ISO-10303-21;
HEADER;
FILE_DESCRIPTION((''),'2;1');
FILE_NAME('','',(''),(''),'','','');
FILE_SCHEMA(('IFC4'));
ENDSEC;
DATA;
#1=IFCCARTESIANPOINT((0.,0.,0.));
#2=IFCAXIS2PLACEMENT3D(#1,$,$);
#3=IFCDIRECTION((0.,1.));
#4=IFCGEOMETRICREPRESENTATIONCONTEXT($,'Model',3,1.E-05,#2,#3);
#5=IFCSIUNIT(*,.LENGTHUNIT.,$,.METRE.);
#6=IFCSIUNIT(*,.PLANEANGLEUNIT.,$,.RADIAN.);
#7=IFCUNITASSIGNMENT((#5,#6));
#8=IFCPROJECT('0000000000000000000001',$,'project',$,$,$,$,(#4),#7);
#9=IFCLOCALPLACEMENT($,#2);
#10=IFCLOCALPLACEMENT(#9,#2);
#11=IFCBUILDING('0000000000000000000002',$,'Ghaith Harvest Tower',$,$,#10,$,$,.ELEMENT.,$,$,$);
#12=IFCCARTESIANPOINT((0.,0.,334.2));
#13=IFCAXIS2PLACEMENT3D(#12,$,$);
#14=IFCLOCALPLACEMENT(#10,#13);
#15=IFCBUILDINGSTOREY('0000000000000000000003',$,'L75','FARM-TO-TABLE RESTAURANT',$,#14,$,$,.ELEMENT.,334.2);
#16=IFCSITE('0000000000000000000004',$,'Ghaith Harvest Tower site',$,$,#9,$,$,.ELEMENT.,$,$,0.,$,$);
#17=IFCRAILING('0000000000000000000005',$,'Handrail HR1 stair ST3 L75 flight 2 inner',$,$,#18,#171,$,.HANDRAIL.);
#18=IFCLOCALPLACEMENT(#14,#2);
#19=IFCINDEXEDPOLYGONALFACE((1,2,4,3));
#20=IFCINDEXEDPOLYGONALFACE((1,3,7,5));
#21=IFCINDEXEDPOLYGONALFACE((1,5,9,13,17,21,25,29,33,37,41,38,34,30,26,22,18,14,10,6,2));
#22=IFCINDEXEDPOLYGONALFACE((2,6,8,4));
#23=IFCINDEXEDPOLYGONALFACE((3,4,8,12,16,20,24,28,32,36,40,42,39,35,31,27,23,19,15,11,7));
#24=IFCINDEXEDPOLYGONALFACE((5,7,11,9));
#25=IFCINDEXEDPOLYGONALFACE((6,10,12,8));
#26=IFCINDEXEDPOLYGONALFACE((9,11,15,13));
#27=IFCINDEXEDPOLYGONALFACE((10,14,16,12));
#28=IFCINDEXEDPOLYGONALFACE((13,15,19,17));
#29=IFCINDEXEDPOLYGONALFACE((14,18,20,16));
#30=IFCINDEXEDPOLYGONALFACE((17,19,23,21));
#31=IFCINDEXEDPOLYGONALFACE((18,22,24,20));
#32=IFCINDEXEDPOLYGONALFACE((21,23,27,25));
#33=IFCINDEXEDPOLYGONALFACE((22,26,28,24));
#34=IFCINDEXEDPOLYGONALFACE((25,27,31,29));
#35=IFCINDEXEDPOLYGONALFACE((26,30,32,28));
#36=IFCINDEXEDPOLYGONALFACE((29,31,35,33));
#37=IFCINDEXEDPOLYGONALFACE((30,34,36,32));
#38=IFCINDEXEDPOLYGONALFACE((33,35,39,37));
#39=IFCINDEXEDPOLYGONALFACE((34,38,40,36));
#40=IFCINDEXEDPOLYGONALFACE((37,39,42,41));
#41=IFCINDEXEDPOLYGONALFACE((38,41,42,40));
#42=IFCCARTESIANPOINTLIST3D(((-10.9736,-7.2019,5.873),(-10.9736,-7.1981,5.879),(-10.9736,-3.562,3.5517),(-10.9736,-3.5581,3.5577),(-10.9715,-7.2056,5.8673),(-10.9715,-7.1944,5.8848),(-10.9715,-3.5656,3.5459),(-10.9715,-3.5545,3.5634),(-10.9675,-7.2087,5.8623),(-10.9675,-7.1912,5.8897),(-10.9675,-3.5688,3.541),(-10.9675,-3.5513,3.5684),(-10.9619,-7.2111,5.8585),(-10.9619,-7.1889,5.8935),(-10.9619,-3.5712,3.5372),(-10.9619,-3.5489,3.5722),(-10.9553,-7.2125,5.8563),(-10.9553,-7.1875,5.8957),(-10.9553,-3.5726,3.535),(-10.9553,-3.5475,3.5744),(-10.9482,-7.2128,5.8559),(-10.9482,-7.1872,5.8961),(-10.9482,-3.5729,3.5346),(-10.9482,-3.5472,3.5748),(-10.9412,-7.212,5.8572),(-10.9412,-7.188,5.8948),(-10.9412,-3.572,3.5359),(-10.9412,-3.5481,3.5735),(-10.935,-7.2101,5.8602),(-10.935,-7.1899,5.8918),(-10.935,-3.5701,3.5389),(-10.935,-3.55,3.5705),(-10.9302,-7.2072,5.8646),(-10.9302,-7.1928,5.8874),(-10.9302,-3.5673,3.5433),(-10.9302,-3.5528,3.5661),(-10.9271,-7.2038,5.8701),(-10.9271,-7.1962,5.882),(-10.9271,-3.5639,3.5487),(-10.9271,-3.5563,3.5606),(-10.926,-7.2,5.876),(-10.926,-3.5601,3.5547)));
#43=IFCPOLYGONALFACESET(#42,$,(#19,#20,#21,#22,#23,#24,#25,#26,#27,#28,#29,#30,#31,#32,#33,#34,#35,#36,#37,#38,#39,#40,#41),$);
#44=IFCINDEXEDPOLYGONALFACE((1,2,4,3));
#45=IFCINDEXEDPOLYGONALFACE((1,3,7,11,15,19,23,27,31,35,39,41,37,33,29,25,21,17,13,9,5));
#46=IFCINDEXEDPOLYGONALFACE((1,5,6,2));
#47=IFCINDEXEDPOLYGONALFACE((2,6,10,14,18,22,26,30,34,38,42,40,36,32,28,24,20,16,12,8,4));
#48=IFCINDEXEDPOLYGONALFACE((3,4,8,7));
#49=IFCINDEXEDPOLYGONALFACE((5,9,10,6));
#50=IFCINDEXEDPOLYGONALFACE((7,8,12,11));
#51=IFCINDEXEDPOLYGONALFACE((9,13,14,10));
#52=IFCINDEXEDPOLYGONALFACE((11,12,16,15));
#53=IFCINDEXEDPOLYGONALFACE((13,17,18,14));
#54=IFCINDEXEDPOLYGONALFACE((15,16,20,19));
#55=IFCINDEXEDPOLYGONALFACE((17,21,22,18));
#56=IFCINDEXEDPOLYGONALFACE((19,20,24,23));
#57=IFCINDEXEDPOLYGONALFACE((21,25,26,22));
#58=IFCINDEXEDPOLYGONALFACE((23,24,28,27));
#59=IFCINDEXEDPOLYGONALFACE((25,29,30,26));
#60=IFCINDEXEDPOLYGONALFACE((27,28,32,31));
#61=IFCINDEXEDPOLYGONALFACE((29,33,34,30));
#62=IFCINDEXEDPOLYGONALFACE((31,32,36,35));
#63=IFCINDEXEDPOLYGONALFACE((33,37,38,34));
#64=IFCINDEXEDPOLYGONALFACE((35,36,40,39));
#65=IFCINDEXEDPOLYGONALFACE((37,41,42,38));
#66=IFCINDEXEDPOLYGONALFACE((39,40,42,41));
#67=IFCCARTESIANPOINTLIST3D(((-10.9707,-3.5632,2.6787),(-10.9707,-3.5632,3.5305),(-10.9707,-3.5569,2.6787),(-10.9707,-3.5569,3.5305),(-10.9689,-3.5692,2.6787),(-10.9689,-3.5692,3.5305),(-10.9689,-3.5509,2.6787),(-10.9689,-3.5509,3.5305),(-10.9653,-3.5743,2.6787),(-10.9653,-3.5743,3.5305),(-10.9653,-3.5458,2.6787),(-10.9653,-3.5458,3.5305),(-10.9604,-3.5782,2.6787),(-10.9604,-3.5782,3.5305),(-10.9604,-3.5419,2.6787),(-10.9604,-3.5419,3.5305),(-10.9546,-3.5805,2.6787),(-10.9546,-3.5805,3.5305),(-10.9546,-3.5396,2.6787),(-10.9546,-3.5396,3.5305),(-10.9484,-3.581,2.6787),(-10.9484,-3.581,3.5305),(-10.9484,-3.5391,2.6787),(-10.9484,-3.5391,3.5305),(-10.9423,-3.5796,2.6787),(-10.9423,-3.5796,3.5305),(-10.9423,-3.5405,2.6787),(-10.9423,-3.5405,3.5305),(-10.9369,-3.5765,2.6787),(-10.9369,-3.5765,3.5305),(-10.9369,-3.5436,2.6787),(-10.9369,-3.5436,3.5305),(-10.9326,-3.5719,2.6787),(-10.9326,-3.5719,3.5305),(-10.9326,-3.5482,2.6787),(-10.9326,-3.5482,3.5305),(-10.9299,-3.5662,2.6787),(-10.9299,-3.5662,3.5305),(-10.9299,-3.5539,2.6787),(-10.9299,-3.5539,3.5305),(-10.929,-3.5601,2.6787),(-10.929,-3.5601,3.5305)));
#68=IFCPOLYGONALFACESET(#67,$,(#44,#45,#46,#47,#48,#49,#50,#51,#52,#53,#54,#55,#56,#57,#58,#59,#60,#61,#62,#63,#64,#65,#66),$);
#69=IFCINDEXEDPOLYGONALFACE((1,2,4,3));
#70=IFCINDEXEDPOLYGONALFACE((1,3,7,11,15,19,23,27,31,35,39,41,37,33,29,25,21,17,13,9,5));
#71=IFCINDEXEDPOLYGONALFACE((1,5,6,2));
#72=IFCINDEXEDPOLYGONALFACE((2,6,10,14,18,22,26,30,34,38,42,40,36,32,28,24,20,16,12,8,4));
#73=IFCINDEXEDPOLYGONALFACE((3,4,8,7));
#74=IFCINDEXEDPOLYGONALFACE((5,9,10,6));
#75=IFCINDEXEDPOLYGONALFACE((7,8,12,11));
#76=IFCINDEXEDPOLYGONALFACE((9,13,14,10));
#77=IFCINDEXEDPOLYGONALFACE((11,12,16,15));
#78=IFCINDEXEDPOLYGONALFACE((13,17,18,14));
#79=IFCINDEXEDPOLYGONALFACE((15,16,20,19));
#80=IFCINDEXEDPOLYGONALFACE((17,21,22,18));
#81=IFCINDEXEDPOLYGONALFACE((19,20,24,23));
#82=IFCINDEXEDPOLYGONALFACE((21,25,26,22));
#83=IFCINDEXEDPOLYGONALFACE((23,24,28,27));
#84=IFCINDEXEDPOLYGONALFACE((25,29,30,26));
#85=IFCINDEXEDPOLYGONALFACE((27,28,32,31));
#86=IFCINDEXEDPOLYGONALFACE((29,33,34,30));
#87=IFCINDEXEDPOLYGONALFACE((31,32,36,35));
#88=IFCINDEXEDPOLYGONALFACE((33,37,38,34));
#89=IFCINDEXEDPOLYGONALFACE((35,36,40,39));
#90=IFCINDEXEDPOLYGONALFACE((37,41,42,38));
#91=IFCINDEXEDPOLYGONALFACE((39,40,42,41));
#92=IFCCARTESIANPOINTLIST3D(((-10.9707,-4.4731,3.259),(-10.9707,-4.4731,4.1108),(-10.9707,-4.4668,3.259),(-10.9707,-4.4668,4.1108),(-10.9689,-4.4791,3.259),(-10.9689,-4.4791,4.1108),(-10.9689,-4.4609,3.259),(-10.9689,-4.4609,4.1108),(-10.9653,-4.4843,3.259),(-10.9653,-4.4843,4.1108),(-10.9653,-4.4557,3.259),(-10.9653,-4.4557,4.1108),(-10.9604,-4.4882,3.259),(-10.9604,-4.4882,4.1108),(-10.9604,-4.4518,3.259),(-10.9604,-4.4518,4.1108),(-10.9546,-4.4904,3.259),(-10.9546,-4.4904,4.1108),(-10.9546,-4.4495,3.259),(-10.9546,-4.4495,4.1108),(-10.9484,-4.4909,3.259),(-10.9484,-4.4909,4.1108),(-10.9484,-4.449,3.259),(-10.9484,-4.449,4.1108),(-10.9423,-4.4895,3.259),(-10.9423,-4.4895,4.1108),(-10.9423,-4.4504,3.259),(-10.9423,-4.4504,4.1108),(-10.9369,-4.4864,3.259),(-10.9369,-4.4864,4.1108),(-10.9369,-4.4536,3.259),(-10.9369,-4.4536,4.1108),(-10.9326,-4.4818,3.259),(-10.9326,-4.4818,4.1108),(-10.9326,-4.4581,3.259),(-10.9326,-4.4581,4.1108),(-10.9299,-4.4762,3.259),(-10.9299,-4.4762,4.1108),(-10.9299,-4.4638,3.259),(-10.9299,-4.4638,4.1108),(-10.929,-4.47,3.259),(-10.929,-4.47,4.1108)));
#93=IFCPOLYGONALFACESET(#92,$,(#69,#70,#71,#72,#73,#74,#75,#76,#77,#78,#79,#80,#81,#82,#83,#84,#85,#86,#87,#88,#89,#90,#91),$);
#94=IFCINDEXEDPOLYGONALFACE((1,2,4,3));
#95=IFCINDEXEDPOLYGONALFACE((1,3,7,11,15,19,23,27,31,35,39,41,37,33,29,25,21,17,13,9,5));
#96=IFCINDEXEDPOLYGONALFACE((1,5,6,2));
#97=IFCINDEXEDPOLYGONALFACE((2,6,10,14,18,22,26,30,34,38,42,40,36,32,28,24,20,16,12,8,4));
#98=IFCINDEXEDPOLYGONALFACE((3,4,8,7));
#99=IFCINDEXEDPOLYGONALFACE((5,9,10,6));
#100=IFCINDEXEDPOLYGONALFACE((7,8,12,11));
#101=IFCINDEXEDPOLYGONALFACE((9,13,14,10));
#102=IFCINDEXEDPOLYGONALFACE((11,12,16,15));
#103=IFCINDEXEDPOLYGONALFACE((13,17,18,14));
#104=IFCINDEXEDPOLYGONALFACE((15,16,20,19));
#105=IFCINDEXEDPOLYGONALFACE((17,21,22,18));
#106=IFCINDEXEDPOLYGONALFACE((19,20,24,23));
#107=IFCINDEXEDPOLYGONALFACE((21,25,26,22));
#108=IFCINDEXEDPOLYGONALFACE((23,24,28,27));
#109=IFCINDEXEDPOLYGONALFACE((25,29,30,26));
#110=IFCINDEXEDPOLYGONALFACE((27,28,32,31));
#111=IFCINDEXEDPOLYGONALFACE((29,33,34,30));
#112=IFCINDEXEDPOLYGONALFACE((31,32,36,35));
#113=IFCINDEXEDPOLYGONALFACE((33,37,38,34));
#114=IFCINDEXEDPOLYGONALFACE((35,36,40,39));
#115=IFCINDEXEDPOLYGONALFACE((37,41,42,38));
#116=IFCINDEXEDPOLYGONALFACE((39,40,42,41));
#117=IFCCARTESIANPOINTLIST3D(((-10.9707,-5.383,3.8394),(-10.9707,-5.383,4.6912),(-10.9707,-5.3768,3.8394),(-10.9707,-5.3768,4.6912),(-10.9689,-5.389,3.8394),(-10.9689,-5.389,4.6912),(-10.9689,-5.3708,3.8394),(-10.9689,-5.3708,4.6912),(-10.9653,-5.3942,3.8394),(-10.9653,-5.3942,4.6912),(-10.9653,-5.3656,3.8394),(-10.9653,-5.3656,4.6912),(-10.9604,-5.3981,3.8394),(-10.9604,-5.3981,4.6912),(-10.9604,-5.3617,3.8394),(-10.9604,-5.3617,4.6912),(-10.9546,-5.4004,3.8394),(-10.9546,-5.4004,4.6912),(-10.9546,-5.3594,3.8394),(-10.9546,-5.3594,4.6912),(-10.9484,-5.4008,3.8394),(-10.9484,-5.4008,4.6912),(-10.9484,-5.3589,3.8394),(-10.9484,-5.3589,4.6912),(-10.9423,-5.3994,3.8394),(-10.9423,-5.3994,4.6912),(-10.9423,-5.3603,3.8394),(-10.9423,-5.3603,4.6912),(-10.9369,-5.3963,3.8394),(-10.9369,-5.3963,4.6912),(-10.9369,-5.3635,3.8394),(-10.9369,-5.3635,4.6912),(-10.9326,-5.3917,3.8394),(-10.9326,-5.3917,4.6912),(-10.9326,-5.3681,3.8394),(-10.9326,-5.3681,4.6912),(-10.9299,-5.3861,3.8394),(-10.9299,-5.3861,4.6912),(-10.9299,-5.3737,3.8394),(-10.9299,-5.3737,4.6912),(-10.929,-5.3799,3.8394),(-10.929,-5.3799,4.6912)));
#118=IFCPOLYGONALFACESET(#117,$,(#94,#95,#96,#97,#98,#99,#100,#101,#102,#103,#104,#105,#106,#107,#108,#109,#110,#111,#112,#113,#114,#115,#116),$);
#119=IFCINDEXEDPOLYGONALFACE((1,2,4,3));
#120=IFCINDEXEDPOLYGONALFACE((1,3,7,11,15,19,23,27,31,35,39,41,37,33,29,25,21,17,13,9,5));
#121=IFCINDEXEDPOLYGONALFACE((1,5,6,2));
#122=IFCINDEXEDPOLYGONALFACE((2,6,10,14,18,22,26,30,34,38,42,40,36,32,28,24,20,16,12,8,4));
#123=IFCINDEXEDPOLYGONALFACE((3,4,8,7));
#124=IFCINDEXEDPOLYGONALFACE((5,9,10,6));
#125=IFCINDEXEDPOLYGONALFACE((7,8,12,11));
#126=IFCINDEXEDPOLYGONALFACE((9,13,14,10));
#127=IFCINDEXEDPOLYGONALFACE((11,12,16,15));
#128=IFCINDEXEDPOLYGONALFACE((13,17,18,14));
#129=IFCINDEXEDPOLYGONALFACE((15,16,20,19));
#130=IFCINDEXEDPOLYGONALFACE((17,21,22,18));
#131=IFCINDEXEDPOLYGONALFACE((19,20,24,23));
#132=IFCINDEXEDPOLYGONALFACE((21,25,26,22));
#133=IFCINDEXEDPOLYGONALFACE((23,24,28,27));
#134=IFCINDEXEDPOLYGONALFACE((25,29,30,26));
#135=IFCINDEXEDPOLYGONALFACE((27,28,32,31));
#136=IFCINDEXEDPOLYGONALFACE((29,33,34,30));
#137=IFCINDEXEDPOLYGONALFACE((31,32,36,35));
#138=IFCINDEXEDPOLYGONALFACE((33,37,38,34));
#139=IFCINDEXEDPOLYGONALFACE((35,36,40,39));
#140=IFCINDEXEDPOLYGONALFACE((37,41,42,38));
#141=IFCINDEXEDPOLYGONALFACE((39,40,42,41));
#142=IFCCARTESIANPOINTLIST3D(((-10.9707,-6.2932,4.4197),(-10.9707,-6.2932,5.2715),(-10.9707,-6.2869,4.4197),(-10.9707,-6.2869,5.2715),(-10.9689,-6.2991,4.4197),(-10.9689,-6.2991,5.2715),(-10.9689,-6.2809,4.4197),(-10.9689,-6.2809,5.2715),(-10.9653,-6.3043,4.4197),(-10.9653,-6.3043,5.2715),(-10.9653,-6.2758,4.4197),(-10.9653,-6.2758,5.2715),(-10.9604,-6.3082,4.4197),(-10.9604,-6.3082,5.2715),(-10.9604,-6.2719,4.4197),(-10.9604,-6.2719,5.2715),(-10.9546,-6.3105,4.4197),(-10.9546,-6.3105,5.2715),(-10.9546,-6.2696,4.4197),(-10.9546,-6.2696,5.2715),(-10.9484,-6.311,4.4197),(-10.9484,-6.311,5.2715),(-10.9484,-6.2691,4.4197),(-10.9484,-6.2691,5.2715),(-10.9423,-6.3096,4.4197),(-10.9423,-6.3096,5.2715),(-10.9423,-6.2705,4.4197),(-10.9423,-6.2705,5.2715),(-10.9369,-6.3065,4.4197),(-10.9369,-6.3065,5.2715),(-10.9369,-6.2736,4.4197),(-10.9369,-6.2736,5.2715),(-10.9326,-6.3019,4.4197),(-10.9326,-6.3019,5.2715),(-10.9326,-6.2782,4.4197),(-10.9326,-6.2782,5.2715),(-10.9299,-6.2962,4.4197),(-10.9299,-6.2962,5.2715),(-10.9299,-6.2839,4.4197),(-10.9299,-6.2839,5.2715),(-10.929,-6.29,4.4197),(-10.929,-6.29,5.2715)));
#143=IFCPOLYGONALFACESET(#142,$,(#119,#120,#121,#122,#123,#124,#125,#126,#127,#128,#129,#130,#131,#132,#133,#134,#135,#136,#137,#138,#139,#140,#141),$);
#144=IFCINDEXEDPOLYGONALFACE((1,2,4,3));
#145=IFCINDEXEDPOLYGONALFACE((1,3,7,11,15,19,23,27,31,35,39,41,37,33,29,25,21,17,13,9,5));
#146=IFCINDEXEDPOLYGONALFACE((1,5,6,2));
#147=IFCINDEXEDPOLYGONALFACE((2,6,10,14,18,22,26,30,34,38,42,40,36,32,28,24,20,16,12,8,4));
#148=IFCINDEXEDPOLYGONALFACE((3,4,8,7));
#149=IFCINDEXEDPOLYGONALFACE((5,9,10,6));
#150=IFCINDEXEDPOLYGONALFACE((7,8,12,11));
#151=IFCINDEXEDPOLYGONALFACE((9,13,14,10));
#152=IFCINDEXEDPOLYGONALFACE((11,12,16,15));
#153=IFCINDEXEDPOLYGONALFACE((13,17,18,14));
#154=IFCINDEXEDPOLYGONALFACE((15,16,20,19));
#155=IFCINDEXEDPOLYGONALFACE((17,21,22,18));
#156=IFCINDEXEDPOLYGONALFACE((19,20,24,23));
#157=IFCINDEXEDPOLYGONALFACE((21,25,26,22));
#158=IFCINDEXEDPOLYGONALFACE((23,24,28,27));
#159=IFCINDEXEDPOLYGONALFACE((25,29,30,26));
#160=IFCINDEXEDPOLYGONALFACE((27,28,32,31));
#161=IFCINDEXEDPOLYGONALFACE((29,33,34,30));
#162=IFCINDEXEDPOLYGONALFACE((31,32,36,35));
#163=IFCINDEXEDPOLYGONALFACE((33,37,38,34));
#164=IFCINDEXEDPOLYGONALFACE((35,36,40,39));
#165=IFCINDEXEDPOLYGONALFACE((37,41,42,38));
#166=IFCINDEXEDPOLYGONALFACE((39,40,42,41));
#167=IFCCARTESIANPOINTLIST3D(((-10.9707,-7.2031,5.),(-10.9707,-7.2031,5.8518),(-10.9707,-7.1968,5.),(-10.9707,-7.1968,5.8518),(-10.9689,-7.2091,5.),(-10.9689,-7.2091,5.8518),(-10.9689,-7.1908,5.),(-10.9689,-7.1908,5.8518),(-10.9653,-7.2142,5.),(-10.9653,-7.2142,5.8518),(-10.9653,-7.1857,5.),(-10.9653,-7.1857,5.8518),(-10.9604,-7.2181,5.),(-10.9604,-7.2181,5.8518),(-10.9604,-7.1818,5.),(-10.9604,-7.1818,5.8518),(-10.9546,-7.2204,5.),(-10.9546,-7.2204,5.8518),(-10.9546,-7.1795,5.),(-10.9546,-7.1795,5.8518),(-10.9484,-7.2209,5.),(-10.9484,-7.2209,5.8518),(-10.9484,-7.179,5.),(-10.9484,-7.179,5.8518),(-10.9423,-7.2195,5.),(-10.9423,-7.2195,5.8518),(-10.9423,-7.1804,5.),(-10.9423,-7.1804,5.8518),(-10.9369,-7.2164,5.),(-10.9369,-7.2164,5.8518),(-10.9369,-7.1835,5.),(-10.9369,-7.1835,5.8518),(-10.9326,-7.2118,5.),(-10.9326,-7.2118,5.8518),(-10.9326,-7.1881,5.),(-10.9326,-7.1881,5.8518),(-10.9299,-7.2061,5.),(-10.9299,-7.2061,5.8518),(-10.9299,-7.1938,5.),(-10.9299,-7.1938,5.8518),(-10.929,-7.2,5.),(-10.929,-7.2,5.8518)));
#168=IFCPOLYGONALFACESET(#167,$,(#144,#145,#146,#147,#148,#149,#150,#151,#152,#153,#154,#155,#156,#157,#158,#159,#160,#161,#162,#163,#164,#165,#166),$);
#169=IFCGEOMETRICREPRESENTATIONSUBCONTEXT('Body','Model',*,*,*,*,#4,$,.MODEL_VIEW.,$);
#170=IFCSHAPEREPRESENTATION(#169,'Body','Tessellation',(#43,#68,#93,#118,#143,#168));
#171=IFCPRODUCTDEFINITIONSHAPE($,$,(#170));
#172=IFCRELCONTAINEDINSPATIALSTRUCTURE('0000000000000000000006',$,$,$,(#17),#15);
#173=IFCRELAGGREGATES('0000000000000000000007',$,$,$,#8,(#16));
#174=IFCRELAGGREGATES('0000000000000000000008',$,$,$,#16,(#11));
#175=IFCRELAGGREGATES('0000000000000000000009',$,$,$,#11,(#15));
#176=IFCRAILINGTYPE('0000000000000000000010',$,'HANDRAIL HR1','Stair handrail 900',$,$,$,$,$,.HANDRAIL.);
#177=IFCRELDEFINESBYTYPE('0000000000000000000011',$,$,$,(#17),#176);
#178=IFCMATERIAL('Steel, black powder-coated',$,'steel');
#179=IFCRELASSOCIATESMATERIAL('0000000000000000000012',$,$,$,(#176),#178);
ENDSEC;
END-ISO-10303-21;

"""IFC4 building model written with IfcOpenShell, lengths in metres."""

from ifc_helpers import new_model, si_unit, direction, frame, origin, origin_2d, place, context, subcontext, project, spatial, circle, extrude, material, type_object, element, save


model = new_model("IFC4")

# Units and contexts
model_context = context("Model", 3, precision=1e-05, world=origin(), true_north=direction((0.0, 1.0)))
body_context = subcontext(model_context, "Body", "Model", "MODEL_VIEW")
ifc_project = project(units=[si_unit("LENGTHUNIT", "METRE"), si_unit("PLANEANGLEUNIT", "RADIAN")], contexts=[model_context])

# Site, building, storey
site_placement = place(None, origin())
site = spatial("IfcSite", under=ifc_project, at=site_placement, Name="Ghaith Harvest Tower site", CompositionType="ELEMENT", RefElevation=0.0)
building_placement = place(site_placement, origin())
building = spatial("IfcBuilding", under=site, at=building_placement, Name="Ghaith Harvest Tower", CompositionType="ELEMENT")
storey_placement = place(building_placement, frame((0.0, 0.0, 334.2)))
storey = spatial("IfcBuildingStorey", under=building, at=storey_placement, Name="L75", Description="FARM-TO-TABLE RESTAURANT", CompositionType="ELEMENT", Elevation=334.2)

# Railing
ifc_material_1 = material(Name="Steel, black powder-coated", Category="steel")
railing_type = type_object("IfcRailingType", Name="HANDRAIL HR1", Description="Stair handrail 900", PredefinedType="HANDRAIL", material=ifc_material_1)
railing_1_placement = place(storey_placement, frame((-10.95, -3.5601, 2.6787)))
element("IfcRailing", 1, at=railing_1_placement, inside=storey, type_object=railing_type, Name="Handrail HR1 stair ST3 L75 flight 2 inner", PredefinedType="HANDRAIL", context=body_context, shape_type="SweptSolid", body=[
    extrude(circle(Radius=0.0239, at=origin_2d()), frame((0.0, 0.0, 0.876), z_axis=(0.0, -0.843137, 0.537699), x_axis=(1.0, 0.0, 0.0)), (0.0, 0.0, 1.0), 4.3171),
    extrude(circle(Radius=0.021, at=origin_2d()), origin(), (0.0, 0.0, 1.0), 0.8518),
    extrude(circle(Radius=0.021, at=origin_2d()), frame((0.0, -0.9099, 0.5803)), (0.0, 0.0, 1.0), 0.8518),
    extrude(circle(Radius=0.021, at=origin_2d()), frame((0.0, -1.8198, 1.1606)), (0.0, 0.0, 1.0), 0.8518),
    extrude(circle(Radius=0.021, at=origin_2d()), frame((0.0, -2.73, 1.741)), (0.0, 0.0, 1.0), 0.8518),
    extrude(circle(Radius=0.021, at=origin_2d()), frame((0.0, -3.6399, 2.3213)), (0.0, 0.0, 1.0), 0.8518),
])

save(model, "model.ifc")
